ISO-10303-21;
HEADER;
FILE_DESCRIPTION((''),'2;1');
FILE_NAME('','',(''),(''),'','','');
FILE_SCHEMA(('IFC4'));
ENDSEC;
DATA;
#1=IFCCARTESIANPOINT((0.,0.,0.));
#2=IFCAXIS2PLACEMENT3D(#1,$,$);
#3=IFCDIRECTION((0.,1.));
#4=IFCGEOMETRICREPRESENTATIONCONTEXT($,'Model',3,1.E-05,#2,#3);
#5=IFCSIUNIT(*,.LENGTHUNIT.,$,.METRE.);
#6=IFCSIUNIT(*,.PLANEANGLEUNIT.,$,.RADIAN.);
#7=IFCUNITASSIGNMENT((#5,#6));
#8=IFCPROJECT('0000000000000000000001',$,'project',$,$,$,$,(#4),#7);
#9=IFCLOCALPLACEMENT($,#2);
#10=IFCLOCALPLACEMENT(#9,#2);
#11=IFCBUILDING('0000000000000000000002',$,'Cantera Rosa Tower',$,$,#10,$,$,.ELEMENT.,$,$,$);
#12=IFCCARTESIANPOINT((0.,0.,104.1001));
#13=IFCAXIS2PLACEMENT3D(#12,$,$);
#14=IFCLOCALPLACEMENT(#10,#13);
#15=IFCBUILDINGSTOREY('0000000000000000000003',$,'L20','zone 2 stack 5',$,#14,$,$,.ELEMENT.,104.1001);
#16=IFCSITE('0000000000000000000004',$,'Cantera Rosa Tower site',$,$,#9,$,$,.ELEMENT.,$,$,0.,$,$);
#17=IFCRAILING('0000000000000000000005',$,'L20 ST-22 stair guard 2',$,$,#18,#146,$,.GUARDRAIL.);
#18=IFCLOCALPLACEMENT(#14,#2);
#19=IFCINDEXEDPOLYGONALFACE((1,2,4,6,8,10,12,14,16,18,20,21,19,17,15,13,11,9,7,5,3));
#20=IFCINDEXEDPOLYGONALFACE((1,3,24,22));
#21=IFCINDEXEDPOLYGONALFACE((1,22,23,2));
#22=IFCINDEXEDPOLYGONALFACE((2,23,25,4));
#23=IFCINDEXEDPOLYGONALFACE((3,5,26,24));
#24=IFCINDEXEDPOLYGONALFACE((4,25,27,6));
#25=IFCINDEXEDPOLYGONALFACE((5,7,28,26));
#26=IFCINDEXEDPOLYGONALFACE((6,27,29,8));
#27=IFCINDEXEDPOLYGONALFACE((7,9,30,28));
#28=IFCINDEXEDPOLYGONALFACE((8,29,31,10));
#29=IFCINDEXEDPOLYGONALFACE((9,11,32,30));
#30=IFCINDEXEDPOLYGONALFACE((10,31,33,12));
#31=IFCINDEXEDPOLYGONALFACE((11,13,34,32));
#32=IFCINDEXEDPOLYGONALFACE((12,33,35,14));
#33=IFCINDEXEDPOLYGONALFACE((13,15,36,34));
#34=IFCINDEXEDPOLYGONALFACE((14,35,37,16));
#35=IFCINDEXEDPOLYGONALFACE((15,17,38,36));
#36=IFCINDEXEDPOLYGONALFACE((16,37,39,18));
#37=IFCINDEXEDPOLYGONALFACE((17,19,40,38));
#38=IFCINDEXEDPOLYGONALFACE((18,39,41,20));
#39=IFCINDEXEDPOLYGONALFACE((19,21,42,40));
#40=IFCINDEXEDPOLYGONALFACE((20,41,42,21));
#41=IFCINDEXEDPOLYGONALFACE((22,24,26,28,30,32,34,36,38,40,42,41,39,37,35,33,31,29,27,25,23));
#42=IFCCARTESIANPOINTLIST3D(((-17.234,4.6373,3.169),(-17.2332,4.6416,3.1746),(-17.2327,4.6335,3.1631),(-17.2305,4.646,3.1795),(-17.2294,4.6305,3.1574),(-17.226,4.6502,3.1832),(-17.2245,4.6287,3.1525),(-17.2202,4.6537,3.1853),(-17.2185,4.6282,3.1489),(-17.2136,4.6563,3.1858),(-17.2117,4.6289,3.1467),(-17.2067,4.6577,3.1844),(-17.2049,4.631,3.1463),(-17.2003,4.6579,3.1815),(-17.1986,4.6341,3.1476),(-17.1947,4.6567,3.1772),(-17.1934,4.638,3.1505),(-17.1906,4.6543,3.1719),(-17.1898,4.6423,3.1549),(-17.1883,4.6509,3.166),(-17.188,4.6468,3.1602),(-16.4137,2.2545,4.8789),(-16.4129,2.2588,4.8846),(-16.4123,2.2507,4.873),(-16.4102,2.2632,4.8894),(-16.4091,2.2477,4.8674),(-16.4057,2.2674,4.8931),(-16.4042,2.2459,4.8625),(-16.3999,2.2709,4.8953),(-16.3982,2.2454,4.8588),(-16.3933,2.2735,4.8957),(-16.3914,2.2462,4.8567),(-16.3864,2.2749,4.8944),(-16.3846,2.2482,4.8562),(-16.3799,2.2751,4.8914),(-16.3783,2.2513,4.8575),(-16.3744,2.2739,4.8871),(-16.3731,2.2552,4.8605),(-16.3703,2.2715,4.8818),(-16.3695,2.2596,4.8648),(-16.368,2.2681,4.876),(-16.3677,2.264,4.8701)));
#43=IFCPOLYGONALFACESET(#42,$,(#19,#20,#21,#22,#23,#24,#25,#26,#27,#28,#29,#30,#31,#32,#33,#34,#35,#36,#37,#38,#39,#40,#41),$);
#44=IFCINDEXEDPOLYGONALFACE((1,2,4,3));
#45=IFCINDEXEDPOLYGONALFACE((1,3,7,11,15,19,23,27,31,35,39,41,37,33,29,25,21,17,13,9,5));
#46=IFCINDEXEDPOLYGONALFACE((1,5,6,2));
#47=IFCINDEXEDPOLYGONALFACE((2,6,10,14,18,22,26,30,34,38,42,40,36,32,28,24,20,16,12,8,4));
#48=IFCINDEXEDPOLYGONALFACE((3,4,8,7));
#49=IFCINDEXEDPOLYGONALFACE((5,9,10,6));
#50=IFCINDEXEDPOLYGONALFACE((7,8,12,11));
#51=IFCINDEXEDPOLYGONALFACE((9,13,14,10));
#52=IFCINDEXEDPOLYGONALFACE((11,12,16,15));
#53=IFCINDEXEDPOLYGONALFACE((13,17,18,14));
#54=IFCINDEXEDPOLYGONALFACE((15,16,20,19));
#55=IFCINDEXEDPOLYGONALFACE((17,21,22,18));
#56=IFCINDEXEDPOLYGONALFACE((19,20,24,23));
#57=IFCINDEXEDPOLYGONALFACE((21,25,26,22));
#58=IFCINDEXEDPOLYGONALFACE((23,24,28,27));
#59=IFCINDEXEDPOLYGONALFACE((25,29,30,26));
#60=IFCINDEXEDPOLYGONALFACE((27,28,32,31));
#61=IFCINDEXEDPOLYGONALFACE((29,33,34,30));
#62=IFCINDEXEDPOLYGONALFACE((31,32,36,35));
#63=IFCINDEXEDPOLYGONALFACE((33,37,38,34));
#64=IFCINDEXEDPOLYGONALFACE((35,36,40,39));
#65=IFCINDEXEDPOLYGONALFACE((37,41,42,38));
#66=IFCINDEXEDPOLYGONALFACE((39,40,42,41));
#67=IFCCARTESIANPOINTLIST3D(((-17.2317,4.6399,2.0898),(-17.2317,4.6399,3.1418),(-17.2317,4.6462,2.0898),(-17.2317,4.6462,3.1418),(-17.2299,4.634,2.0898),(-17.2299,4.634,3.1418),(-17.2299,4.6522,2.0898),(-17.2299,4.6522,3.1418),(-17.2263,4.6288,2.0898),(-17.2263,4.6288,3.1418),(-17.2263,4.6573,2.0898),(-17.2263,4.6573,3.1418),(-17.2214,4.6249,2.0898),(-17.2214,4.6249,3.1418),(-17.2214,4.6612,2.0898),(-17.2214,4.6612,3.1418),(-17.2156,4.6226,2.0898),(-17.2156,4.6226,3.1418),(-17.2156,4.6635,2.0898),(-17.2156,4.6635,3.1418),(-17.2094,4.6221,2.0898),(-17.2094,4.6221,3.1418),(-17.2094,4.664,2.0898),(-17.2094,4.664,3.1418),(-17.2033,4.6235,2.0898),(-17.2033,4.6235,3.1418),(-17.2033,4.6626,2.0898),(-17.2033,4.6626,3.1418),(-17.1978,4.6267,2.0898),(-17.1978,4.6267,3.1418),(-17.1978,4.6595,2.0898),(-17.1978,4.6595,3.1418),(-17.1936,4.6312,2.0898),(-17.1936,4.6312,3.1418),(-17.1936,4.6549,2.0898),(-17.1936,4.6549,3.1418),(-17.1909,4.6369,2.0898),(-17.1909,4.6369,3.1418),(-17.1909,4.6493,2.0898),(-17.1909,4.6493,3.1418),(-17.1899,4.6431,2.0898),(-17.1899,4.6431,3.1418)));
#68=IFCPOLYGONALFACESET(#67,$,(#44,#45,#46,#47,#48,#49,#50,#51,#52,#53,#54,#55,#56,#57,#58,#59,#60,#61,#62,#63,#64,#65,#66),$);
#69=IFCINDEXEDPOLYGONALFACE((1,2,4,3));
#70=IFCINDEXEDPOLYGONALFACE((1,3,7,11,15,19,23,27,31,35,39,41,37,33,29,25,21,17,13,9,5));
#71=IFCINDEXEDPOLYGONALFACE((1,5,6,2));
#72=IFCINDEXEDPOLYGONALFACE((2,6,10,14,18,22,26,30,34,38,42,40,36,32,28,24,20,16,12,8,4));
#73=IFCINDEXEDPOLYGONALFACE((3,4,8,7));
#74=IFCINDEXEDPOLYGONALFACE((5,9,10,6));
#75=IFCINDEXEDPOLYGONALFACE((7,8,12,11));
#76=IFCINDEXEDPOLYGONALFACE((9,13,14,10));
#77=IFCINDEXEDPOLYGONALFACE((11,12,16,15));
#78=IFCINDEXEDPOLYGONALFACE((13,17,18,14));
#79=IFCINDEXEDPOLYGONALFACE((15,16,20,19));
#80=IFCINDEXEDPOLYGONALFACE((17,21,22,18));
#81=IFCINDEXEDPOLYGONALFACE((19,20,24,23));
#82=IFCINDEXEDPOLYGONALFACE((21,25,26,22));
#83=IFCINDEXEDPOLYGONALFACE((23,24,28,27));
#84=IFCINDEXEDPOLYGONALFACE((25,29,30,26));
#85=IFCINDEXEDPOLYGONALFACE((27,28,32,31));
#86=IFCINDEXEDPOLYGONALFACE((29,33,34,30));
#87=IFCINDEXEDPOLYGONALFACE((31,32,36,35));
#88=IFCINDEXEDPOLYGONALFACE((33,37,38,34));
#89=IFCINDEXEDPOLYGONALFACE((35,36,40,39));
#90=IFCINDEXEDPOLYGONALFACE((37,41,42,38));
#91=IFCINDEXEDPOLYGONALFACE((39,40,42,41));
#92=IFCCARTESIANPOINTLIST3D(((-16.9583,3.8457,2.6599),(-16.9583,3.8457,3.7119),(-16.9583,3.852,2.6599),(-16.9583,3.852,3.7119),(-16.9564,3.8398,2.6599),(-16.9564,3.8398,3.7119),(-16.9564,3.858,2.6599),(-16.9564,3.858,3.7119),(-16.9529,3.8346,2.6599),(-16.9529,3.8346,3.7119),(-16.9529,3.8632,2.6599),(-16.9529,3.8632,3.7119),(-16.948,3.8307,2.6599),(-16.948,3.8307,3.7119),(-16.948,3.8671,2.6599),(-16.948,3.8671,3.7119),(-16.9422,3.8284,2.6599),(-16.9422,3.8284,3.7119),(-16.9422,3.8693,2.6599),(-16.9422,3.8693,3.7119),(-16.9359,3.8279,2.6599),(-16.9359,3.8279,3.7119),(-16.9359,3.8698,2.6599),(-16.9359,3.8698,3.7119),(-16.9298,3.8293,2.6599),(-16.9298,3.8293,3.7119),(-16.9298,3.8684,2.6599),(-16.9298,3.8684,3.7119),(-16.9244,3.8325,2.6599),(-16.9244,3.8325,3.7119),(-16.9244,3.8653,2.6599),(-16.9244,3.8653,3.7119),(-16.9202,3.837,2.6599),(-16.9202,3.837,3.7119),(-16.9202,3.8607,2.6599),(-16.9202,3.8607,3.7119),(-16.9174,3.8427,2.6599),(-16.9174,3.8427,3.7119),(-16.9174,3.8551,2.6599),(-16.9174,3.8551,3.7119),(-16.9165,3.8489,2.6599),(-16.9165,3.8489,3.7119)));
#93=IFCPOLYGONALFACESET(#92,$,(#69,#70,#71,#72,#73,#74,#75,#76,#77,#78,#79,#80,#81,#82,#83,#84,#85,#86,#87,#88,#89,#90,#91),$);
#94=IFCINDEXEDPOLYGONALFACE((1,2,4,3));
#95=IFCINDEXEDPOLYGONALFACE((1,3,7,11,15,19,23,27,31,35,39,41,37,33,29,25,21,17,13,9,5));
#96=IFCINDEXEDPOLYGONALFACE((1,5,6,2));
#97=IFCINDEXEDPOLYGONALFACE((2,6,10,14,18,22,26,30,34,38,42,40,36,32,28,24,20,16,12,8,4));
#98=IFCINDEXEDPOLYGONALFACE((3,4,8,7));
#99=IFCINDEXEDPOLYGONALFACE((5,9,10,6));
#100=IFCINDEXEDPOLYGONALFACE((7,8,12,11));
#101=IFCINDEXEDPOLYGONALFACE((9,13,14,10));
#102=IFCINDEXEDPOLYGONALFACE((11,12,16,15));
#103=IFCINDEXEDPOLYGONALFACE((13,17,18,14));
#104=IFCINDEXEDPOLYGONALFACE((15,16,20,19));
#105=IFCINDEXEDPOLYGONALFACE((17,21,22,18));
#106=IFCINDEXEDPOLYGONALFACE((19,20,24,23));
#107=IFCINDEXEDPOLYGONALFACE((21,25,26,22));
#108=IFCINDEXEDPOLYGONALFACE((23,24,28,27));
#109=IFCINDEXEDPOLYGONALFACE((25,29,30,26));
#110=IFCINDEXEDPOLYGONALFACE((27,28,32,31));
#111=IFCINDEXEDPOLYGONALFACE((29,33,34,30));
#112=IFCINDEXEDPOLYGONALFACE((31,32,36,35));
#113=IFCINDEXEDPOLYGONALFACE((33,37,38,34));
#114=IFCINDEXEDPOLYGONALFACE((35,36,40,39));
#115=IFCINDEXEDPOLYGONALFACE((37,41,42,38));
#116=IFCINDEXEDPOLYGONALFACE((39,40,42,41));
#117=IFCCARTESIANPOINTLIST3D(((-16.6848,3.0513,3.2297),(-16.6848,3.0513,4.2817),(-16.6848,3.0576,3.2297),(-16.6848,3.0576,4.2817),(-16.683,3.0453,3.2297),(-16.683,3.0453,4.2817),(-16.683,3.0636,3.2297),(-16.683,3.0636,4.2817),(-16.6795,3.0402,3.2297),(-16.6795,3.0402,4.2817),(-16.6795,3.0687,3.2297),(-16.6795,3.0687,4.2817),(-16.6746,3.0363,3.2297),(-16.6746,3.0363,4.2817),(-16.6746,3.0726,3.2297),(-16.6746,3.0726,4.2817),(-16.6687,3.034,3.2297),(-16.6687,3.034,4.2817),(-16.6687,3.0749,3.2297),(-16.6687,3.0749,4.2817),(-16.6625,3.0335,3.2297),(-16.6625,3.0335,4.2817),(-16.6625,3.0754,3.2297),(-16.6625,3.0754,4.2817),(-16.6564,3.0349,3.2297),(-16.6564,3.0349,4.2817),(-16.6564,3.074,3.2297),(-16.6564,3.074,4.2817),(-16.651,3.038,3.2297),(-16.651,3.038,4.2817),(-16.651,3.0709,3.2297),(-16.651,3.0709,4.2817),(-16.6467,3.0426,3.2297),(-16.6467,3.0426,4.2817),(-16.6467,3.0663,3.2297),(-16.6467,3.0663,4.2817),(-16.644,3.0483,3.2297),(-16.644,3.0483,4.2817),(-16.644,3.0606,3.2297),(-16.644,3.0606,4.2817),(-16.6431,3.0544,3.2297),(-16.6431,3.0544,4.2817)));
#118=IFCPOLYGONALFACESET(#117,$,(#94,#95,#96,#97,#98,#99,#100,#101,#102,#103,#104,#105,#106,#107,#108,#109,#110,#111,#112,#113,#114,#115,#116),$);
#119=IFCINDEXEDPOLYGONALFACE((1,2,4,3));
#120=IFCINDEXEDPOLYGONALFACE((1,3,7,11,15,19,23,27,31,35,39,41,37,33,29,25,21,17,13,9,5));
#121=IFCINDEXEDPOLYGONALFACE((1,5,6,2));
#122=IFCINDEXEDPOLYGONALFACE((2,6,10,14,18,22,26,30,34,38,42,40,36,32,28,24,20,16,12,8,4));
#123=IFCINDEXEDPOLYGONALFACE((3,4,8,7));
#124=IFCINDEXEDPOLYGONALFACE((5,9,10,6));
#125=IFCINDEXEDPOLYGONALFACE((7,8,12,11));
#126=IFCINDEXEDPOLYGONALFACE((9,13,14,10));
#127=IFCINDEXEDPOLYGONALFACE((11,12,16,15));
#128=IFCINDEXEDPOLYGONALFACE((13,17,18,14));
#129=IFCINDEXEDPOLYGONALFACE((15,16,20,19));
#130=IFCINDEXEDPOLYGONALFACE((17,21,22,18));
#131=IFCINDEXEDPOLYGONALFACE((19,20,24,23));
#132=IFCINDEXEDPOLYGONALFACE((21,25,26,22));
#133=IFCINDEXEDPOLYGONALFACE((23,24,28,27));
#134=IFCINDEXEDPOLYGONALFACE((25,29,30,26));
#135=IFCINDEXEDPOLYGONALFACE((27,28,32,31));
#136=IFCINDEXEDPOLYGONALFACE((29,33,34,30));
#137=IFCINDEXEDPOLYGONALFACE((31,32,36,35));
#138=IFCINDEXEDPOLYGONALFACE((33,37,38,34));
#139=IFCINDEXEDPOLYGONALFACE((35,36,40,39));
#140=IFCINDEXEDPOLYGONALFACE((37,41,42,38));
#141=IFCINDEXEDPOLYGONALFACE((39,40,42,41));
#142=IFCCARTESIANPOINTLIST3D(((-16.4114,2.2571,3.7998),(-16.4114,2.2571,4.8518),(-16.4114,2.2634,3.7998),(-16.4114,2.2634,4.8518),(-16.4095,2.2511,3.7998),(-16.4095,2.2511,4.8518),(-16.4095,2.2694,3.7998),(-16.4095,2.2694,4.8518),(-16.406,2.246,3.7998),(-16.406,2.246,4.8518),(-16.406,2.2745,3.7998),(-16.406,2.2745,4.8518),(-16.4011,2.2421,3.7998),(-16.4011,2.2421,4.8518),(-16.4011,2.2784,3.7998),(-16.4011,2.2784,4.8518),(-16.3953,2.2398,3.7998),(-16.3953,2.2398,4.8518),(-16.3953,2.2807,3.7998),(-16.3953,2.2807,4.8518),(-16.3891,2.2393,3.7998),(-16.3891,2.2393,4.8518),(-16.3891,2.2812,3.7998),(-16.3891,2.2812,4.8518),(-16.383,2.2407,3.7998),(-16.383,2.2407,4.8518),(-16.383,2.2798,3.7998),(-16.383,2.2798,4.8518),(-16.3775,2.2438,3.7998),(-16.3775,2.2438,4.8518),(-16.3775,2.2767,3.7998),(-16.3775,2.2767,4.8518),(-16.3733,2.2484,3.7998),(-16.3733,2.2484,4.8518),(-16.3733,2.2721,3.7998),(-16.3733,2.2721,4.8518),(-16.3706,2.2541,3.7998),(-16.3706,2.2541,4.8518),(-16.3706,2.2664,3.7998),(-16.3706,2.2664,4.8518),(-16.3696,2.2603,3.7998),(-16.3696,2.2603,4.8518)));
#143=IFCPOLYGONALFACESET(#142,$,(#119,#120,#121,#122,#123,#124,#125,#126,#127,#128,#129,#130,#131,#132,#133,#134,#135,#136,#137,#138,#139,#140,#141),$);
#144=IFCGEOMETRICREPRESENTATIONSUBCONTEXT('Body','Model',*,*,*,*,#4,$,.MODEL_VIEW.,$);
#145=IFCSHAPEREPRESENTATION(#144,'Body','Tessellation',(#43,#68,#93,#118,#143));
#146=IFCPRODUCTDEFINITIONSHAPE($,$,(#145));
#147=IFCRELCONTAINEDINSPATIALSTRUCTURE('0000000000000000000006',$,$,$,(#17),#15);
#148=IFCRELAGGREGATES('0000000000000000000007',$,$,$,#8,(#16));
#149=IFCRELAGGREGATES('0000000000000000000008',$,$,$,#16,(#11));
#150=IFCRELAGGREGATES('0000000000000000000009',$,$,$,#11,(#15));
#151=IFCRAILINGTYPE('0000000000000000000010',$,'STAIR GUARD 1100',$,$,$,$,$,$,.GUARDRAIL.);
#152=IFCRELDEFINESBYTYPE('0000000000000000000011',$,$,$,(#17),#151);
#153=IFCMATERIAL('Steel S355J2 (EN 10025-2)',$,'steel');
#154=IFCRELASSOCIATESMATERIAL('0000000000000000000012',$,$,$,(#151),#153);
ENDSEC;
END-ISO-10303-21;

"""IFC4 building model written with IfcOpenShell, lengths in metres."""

from ifc_helpers import new_model, si_unit, direction, frame, origin, origin_2d, place, context, subcontext, project, spatial, circle, extrude, material, type_object, element, save


model = new_model("IFC4")

# Units and contexts
model_context = context("Model", 3, precision=1e-05, world=origin(), true_north=direction((0.0, 1.0)))
body_context = subcontext(model_context, "Body", "Model", "MODEL_VIEW")
ifc_project = project(units=[si_unit("LENGTHUNIT", "METRE"), si_unit("PLANEANGLEUNIT", "RADIAN")], contexts=[model_context])

# Site, building, storey
site_placement = place(None, origin())
site = spatial("IfcSite", under=ifc_project, at=site_placement, Name="Cantera Rosa Tower site", CompositionType="ELEMENT", RefElevation=0.0)
building_placement = place(site_placement, origin())
building = spatial("IfcBuilding", under=site, at=building_placement, Name="Cantera Rosa Tower", CompositionType="ELEMENT")
storey_placement = place(building_placement, frame((0.0, 0.0, 104.1001)))
storey = spatial("IfcBuildingStorey", under=building, at=storey_placement, Name="L20", Description="zone 2 stack 5", CompositionType="ELEMENT", Elevation=104.1001)

# Railing
ifc_material_1 = material(Name="Steel S355J2 (EN 10025-2)", Category="steel")
railing_type_1 = type_object("IfcRailingType", Name="STAIR GUARD 1100", PredefinedType="GUARDRAIL", material=ifc_material_1)
railing_1_placement = place(storey_placement, frame((-17.2109, 4.6431, 2.0898)))
element("IfcRailing", 1, at=railing_1_placement, inside=storey, type_object=railing_type_1, Name="L20 ST-22 stair guard 2", PredefinedType="GUARDRAIL", context=body_context, shape_type="SweptSolid", body=[
    extrude(circle(Radius=0.0239, at=origin_2d()), frame((0.0, 0.0, 1.0762), z_axis=(0.269358, -0.782421, 0.561483), x_axis=(0.945538, 0.325513, 0.0)), (0.0, 0.0, 1.0), 3.0454),
    extrude(circle(Radius=0.021, at=origin_2d()), origin(), (0.0, 0.0, 1.0), 1.052),
    extrude(circle(Radius=0.021, at=origin_2d()), frame((0.2734, -0.7942, 0.5701)), (0.0, 0.0, 1.0), 1.052),
    extrude(circle(Radius=0.021, at=origin_2d()), frame((0.5469, -1.5886, 1.1399)), (0.0, 0.0, 1.0), 1.052),
    extrude(circle(Radius=0.021, at=origin_2d()), frame((0.8203, -2.3828, 1.71)), (0.0, 0.0, 1.0), 1.052),
])

save(model, "model.ifc")
